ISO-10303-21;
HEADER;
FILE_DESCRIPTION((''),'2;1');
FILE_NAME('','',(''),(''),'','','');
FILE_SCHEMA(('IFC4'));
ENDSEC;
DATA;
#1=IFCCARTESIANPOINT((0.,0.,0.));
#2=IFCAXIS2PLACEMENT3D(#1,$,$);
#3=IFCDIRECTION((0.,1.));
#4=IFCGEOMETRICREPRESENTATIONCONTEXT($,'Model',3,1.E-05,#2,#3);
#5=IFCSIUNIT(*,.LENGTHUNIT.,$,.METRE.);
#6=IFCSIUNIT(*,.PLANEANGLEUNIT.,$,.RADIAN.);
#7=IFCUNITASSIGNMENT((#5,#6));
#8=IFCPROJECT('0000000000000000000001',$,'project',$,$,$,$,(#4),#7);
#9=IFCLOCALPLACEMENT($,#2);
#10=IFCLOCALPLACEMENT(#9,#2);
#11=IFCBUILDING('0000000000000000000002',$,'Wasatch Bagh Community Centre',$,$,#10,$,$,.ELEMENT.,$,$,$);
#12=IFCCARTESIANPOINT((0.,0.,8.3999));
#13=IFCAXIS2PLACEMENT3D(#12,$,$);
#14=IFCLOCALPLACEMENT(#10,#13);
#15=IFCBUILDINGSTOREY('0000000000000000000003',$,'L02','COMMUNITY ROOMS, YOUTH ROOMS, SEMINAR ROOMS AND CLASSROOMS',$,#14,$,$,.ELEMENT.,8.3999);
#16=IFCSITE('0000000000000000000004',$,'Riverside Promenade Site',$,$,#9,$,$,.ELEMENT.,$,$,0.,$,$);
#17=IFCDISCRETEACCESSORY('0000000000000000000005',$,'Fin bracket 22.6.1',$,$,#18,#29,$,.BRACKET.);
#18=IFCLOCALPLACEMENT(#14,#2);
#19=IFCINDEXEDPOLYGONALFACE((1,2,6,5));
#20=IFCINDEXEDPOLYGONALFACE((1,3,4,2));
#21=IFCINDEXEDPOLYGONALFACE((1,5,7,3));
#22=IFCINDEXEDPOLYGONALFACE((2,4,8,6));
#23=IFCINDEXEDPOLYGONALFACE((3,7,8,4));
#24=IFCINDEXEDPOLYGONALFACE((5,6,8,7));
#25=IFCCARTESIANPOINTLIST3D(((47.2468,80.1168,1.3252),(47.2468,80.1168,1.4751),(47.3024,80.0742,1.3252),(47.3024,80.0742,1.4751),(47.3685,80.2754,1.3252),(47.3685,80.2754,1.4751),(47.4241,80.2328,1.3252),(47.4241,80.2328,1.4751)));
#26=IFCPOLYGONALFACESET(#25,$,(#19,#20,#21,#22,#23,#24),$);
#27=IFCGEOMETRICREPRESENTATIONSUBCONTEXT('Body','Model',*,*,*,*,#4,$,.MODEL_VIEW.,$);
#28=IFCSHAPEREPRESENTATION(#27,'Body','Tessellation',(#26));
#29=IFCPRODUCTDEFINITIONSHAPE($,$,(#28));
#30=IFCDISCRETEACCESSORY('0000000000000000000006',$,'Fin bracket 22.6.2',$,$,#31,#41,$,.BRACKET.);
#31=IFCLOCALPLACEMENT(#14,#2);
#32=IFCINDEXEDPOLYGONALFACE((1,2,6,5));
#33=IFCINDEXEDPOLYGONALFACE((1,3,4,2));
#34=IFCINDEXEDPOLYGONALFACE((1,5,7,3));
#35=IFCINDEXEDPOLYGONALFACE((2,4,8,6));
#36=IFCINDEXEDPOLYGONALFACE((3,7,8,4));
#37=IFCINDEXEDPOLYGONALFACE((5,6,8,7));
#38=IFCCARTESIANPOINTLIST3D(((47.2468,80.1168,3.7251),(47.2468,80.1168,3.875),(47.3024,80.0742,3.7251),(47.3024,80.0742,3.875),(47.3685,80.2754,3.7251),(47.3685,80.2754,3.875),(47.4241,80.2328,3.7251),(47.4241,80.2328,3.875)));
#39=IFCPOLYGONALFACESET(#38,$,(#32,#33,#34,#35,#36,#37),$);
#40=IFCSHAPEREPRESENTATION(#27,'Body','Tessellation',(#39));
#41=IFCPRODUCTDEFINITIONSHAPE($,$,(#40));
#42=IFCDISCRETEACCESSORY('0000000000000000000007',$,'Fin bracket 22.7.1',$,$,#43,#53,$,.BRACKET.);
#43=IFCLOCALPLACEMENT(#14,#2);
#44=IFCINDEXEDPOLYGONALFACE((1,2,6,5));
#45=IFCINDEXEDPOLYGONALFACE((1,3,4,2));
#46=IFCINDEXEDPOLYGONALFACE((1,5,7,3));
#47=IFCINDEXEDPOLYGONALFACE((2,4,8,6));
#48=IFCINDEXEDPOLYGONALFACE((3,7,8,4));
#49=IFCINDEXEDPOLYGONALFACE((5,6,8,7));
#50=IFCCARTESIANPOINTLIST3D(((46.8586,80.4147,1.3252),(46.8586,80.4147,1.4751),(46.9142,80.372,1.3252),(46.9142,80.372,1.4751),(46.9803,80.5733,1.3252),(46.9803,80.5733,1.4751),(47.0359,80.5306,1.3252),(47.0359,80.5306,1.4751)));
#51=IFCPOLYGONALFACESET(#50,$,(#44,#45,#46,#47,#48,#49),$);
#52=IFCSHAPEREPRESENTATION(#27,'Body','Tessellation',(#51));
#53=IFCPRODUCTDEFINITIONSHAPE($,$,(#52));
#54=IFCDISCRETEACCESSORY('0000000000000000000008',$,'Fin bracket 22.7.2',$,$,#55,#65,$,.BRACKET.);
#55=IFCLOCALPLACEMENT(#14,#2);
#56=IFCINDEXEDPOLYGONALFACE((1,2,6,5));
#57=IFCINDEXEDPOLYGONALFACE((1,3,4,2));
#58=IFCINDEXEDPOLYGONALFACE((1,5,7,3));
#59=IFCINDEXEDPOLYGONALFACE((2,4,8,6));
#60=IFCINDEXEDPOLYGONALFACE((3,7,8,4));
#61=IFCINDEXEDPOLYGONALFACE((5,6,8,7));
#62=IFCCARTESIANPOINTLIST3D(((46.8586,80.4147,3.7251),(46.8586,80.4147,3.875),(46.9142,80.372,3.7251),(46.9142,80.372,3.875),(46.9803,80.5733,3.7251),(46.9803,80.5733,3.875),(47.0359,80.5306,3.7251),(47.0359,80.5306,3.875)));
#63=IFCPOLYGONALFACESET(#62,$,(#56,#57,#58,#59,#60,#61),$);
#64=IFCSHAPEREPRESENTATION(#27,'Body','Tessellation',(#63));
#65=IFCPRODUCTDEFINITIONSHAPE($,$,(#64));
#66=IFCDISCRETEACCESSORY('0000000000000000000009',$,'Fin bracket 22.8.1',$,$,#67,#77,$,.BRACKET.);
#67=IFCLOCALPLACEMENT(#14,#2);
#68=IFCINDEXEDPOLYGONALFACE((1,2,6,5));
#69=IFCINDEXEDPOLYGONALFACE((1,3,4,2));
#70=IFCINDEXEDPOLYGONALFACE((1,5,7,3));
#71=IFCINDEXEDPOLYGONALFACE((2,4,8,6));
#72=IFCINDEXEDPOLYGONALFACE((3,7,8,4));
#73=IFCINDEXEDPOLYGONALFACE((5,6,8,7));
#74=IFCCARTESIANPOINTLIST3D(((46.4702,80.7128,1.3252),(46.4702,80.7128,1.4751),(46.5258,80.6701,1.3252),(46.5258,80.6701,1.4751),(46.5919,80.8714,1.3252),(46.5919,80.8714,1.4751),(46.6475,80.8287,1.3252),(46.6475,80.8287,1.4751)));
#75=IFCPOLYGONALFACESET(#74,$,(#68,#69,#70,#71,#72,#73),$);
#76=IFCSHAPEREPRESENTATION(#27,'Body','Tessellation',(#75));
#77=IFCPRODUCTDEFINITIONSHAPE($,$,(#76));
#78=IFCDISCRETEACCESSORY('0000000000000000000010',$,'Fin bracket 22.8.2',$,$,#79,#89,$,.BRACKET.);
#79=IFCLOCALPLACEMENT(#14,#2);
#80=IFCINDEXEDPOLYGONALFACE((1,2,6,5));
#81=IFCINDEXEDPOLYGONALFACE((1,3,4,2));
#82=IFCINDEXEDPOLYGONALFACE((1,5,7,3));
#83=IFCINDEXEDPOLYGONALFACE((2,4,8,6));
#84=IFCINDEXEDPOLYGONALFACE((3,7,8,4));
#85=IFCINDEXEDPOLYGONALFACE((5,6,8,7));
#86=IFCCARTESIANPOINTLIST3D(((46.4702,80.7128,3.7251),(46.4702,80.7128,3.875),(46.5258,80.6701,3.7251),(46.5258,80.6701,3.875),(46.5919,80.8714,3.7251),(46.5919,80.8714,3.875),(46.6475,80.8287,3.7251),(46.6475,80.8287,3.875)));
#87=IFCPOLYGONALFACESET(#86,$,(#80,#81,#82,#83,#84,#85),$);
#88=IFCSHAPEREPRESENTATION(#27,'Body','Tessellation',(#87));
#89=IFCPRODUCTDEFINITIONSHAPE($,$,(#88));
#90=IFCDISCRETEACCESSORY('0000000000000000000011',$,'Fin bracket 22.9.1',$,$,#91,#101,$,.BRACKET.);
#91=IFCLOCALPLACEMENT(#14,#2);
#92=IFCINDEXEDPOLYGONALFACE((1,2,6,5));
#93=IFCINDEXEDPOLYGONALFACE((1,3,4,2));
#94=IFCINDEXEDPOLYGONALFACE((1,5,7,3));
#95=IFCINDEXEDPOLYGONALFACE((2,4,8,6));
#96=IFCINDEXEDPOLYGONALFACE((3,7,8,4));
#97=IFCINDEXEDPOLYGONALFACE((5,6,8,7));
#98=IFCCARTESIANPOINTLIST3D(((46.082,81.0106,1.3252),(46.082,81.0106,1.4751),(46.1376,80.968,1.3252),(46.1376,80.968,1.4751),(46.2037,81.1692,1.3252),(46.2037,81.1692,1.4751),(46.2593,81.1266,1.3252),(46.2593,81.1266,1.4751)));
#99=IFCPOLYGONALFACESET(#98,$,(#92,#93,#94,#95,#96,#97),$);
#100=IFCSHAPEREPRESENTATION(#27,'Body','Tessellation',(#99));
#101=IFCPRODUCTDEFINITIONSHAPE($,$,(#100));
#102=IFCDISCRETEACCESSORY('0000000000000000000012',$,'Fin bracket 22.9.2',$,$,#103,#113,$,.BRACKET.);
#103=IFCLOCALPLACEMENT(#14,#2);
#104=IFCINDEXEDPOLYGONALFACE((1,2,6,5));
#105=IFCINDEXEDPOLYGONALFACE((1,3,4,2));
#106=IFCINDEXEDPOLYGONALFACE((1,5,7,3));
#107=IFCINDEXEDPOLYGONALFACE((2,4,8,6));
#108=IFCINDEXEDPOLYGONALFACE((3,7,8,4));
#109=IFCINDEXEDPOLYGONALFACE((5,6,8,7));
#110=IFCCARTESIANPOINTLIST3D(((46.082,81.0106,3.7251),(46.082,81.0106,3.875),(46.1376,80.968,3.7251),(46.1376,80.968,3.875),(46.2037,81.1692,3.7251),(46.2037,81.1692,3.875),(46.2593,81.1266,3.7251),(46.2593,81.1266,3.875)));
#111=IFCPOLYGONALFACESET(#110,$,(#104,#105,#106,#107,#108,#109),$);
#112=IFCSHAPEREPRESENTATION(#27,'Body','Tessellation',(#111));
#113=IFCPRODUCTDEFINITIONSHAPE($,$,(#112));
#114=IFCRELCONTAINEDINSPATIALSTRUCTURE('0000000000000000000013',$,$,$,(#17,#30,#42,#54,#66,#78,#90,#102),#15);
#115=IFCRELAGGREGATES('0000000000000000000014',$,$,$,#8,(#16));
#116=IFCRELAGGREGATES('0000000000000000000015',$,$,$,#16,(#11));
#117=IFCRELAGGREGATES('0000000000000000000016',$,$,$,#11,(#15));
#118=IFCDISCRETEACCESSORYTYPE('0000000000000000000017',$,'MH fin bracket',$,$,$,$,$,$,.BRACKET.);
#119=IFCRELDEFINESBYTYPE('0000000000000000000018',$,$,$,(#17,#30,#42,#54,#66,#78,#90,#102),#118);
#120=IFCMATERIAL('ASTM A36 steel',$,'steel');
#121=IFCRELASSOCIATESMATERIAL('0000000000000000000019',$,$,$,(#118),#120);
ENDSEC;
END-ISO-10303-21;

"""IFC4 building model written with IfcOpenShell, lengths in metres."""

from ifc_helpers import new_model, si_unit, direction, frame, origin, origin_2d, place, context, subcontext, project, spatial, rectangle, extrude, material, type_object, element, save


model = new_model("IFC4")

# Units and contexts
model_context = context("Model", 3, precision=1e-05, world=origin(), true_north=direction((0.0, 1.0)))
body_context = subcontext(model_context, "Body", "Model", "MODEL_VIEW")
ifc_project = project(units=[si_unit("LENGTHUNIT", "METRE"), si_unit("PLANEANGLEUNIT", "RADIAN")], contexts=[model_context])

# Site, building, storey
site_placement = place(None, origin())
site = spatial("IfcSite", under=ifc_project, at=site_placement, Name="Riverside Promenade Site", CompositionType="ELEMENT", RefElevation=0.0)
building_placement = place(site_placement, origin())
building = spatial("IfcBuilding", under=site, at=building_placement, Name="Wasatch Bagh Community Centre", CompositionType="ELEMENT")
storey_placement = place(building_placement, frame((0.0, 0.0, 8.3999)))
storey = spatial("IfcBuildingStorey", under=building, at=storey_placement, Name="L02", Description="COMMUNITY ROOMS, YOUTH ROOMS, SEMINAR ROOMS AND CLASSROOMS", CompositionType="ELEMENT", Elevation=8.3999)

# Discrete accessories
ifc_material_1 = material(Name="ASTM A36 steel", Category="steel")
discrete_accessory_type_1 = type_object("IfcDiscreteAccessoryType", Name="MH fin bracket", PredefinedType="BRACKET", material=ifc_material_1)
for number, where, z_axis, x_axis, name in (
    (1, (47.3354, 80.1748, 1.3252), (0.0, 0.0, 1.0), (-0.793353, 0.608761, 0.0), "Fin bracket 22.6.1"),
    (2, (47.3354, 80.1748, 3.7251), (0.0, 0.0, 1.0), (-0.793353, 0.608761, 0.0), "Fin bracket 22.6.2"),
    (3, (46.9473, 80.4727, 1.3252), (0.0, 0.0, 1.0), (-0.793353, 0.608761, 0.0), "Fin bracket 22.7.1"),
    (4, (46.9473, 80.4727, 3.7251), (0.0, 0.0, 1.0), (-0.793353, 0.608761, 0.0), "Fin bracket 22.7.2"),
    (5, (46.5588, 80.7708, 1.3252), (0.0, 0.0, 1.0), (-0.793353, 0.608761, 0.0), "Fin bracket 22.8.1"),
    (6, (46.5588, 80.7708, 3.7251), (0.0, 0.0, 1.0), (-0.793353, 0.608761, 0.0), "Fin bracket 22.8.2"),
    (7, (46.1707, 81.0686, 1.3252), (0.0, 0.0, 1.0), (-0.793353, 0.608761, 0.0), "Fin bracket 22.9.1"),
    (8, (46.1707, 81.0686, 3.7251), (0.0, 0.0, 1.0), (-0.793353, 0.608761, 0.0), "Fin bracket 22.9.2"),
):
    element("IfcDiscreteAccessory", number, at=place(storey_placement, frame(where, z_axis=z_axis, x_axis=x_axis)), inside=storey, type_object=discrete_accessory_type_1, Name=name, PredefinedType="BRACKET", context=body_context, shape_type="SweptSolid", body=[
        extrude(rectangle(XDim=0.0701, YDim=0.2, at=origin_2d()), origin(), (0.0, 0.0, 1.0), 0.1499),
    ])

save(model, "model.ifc")
